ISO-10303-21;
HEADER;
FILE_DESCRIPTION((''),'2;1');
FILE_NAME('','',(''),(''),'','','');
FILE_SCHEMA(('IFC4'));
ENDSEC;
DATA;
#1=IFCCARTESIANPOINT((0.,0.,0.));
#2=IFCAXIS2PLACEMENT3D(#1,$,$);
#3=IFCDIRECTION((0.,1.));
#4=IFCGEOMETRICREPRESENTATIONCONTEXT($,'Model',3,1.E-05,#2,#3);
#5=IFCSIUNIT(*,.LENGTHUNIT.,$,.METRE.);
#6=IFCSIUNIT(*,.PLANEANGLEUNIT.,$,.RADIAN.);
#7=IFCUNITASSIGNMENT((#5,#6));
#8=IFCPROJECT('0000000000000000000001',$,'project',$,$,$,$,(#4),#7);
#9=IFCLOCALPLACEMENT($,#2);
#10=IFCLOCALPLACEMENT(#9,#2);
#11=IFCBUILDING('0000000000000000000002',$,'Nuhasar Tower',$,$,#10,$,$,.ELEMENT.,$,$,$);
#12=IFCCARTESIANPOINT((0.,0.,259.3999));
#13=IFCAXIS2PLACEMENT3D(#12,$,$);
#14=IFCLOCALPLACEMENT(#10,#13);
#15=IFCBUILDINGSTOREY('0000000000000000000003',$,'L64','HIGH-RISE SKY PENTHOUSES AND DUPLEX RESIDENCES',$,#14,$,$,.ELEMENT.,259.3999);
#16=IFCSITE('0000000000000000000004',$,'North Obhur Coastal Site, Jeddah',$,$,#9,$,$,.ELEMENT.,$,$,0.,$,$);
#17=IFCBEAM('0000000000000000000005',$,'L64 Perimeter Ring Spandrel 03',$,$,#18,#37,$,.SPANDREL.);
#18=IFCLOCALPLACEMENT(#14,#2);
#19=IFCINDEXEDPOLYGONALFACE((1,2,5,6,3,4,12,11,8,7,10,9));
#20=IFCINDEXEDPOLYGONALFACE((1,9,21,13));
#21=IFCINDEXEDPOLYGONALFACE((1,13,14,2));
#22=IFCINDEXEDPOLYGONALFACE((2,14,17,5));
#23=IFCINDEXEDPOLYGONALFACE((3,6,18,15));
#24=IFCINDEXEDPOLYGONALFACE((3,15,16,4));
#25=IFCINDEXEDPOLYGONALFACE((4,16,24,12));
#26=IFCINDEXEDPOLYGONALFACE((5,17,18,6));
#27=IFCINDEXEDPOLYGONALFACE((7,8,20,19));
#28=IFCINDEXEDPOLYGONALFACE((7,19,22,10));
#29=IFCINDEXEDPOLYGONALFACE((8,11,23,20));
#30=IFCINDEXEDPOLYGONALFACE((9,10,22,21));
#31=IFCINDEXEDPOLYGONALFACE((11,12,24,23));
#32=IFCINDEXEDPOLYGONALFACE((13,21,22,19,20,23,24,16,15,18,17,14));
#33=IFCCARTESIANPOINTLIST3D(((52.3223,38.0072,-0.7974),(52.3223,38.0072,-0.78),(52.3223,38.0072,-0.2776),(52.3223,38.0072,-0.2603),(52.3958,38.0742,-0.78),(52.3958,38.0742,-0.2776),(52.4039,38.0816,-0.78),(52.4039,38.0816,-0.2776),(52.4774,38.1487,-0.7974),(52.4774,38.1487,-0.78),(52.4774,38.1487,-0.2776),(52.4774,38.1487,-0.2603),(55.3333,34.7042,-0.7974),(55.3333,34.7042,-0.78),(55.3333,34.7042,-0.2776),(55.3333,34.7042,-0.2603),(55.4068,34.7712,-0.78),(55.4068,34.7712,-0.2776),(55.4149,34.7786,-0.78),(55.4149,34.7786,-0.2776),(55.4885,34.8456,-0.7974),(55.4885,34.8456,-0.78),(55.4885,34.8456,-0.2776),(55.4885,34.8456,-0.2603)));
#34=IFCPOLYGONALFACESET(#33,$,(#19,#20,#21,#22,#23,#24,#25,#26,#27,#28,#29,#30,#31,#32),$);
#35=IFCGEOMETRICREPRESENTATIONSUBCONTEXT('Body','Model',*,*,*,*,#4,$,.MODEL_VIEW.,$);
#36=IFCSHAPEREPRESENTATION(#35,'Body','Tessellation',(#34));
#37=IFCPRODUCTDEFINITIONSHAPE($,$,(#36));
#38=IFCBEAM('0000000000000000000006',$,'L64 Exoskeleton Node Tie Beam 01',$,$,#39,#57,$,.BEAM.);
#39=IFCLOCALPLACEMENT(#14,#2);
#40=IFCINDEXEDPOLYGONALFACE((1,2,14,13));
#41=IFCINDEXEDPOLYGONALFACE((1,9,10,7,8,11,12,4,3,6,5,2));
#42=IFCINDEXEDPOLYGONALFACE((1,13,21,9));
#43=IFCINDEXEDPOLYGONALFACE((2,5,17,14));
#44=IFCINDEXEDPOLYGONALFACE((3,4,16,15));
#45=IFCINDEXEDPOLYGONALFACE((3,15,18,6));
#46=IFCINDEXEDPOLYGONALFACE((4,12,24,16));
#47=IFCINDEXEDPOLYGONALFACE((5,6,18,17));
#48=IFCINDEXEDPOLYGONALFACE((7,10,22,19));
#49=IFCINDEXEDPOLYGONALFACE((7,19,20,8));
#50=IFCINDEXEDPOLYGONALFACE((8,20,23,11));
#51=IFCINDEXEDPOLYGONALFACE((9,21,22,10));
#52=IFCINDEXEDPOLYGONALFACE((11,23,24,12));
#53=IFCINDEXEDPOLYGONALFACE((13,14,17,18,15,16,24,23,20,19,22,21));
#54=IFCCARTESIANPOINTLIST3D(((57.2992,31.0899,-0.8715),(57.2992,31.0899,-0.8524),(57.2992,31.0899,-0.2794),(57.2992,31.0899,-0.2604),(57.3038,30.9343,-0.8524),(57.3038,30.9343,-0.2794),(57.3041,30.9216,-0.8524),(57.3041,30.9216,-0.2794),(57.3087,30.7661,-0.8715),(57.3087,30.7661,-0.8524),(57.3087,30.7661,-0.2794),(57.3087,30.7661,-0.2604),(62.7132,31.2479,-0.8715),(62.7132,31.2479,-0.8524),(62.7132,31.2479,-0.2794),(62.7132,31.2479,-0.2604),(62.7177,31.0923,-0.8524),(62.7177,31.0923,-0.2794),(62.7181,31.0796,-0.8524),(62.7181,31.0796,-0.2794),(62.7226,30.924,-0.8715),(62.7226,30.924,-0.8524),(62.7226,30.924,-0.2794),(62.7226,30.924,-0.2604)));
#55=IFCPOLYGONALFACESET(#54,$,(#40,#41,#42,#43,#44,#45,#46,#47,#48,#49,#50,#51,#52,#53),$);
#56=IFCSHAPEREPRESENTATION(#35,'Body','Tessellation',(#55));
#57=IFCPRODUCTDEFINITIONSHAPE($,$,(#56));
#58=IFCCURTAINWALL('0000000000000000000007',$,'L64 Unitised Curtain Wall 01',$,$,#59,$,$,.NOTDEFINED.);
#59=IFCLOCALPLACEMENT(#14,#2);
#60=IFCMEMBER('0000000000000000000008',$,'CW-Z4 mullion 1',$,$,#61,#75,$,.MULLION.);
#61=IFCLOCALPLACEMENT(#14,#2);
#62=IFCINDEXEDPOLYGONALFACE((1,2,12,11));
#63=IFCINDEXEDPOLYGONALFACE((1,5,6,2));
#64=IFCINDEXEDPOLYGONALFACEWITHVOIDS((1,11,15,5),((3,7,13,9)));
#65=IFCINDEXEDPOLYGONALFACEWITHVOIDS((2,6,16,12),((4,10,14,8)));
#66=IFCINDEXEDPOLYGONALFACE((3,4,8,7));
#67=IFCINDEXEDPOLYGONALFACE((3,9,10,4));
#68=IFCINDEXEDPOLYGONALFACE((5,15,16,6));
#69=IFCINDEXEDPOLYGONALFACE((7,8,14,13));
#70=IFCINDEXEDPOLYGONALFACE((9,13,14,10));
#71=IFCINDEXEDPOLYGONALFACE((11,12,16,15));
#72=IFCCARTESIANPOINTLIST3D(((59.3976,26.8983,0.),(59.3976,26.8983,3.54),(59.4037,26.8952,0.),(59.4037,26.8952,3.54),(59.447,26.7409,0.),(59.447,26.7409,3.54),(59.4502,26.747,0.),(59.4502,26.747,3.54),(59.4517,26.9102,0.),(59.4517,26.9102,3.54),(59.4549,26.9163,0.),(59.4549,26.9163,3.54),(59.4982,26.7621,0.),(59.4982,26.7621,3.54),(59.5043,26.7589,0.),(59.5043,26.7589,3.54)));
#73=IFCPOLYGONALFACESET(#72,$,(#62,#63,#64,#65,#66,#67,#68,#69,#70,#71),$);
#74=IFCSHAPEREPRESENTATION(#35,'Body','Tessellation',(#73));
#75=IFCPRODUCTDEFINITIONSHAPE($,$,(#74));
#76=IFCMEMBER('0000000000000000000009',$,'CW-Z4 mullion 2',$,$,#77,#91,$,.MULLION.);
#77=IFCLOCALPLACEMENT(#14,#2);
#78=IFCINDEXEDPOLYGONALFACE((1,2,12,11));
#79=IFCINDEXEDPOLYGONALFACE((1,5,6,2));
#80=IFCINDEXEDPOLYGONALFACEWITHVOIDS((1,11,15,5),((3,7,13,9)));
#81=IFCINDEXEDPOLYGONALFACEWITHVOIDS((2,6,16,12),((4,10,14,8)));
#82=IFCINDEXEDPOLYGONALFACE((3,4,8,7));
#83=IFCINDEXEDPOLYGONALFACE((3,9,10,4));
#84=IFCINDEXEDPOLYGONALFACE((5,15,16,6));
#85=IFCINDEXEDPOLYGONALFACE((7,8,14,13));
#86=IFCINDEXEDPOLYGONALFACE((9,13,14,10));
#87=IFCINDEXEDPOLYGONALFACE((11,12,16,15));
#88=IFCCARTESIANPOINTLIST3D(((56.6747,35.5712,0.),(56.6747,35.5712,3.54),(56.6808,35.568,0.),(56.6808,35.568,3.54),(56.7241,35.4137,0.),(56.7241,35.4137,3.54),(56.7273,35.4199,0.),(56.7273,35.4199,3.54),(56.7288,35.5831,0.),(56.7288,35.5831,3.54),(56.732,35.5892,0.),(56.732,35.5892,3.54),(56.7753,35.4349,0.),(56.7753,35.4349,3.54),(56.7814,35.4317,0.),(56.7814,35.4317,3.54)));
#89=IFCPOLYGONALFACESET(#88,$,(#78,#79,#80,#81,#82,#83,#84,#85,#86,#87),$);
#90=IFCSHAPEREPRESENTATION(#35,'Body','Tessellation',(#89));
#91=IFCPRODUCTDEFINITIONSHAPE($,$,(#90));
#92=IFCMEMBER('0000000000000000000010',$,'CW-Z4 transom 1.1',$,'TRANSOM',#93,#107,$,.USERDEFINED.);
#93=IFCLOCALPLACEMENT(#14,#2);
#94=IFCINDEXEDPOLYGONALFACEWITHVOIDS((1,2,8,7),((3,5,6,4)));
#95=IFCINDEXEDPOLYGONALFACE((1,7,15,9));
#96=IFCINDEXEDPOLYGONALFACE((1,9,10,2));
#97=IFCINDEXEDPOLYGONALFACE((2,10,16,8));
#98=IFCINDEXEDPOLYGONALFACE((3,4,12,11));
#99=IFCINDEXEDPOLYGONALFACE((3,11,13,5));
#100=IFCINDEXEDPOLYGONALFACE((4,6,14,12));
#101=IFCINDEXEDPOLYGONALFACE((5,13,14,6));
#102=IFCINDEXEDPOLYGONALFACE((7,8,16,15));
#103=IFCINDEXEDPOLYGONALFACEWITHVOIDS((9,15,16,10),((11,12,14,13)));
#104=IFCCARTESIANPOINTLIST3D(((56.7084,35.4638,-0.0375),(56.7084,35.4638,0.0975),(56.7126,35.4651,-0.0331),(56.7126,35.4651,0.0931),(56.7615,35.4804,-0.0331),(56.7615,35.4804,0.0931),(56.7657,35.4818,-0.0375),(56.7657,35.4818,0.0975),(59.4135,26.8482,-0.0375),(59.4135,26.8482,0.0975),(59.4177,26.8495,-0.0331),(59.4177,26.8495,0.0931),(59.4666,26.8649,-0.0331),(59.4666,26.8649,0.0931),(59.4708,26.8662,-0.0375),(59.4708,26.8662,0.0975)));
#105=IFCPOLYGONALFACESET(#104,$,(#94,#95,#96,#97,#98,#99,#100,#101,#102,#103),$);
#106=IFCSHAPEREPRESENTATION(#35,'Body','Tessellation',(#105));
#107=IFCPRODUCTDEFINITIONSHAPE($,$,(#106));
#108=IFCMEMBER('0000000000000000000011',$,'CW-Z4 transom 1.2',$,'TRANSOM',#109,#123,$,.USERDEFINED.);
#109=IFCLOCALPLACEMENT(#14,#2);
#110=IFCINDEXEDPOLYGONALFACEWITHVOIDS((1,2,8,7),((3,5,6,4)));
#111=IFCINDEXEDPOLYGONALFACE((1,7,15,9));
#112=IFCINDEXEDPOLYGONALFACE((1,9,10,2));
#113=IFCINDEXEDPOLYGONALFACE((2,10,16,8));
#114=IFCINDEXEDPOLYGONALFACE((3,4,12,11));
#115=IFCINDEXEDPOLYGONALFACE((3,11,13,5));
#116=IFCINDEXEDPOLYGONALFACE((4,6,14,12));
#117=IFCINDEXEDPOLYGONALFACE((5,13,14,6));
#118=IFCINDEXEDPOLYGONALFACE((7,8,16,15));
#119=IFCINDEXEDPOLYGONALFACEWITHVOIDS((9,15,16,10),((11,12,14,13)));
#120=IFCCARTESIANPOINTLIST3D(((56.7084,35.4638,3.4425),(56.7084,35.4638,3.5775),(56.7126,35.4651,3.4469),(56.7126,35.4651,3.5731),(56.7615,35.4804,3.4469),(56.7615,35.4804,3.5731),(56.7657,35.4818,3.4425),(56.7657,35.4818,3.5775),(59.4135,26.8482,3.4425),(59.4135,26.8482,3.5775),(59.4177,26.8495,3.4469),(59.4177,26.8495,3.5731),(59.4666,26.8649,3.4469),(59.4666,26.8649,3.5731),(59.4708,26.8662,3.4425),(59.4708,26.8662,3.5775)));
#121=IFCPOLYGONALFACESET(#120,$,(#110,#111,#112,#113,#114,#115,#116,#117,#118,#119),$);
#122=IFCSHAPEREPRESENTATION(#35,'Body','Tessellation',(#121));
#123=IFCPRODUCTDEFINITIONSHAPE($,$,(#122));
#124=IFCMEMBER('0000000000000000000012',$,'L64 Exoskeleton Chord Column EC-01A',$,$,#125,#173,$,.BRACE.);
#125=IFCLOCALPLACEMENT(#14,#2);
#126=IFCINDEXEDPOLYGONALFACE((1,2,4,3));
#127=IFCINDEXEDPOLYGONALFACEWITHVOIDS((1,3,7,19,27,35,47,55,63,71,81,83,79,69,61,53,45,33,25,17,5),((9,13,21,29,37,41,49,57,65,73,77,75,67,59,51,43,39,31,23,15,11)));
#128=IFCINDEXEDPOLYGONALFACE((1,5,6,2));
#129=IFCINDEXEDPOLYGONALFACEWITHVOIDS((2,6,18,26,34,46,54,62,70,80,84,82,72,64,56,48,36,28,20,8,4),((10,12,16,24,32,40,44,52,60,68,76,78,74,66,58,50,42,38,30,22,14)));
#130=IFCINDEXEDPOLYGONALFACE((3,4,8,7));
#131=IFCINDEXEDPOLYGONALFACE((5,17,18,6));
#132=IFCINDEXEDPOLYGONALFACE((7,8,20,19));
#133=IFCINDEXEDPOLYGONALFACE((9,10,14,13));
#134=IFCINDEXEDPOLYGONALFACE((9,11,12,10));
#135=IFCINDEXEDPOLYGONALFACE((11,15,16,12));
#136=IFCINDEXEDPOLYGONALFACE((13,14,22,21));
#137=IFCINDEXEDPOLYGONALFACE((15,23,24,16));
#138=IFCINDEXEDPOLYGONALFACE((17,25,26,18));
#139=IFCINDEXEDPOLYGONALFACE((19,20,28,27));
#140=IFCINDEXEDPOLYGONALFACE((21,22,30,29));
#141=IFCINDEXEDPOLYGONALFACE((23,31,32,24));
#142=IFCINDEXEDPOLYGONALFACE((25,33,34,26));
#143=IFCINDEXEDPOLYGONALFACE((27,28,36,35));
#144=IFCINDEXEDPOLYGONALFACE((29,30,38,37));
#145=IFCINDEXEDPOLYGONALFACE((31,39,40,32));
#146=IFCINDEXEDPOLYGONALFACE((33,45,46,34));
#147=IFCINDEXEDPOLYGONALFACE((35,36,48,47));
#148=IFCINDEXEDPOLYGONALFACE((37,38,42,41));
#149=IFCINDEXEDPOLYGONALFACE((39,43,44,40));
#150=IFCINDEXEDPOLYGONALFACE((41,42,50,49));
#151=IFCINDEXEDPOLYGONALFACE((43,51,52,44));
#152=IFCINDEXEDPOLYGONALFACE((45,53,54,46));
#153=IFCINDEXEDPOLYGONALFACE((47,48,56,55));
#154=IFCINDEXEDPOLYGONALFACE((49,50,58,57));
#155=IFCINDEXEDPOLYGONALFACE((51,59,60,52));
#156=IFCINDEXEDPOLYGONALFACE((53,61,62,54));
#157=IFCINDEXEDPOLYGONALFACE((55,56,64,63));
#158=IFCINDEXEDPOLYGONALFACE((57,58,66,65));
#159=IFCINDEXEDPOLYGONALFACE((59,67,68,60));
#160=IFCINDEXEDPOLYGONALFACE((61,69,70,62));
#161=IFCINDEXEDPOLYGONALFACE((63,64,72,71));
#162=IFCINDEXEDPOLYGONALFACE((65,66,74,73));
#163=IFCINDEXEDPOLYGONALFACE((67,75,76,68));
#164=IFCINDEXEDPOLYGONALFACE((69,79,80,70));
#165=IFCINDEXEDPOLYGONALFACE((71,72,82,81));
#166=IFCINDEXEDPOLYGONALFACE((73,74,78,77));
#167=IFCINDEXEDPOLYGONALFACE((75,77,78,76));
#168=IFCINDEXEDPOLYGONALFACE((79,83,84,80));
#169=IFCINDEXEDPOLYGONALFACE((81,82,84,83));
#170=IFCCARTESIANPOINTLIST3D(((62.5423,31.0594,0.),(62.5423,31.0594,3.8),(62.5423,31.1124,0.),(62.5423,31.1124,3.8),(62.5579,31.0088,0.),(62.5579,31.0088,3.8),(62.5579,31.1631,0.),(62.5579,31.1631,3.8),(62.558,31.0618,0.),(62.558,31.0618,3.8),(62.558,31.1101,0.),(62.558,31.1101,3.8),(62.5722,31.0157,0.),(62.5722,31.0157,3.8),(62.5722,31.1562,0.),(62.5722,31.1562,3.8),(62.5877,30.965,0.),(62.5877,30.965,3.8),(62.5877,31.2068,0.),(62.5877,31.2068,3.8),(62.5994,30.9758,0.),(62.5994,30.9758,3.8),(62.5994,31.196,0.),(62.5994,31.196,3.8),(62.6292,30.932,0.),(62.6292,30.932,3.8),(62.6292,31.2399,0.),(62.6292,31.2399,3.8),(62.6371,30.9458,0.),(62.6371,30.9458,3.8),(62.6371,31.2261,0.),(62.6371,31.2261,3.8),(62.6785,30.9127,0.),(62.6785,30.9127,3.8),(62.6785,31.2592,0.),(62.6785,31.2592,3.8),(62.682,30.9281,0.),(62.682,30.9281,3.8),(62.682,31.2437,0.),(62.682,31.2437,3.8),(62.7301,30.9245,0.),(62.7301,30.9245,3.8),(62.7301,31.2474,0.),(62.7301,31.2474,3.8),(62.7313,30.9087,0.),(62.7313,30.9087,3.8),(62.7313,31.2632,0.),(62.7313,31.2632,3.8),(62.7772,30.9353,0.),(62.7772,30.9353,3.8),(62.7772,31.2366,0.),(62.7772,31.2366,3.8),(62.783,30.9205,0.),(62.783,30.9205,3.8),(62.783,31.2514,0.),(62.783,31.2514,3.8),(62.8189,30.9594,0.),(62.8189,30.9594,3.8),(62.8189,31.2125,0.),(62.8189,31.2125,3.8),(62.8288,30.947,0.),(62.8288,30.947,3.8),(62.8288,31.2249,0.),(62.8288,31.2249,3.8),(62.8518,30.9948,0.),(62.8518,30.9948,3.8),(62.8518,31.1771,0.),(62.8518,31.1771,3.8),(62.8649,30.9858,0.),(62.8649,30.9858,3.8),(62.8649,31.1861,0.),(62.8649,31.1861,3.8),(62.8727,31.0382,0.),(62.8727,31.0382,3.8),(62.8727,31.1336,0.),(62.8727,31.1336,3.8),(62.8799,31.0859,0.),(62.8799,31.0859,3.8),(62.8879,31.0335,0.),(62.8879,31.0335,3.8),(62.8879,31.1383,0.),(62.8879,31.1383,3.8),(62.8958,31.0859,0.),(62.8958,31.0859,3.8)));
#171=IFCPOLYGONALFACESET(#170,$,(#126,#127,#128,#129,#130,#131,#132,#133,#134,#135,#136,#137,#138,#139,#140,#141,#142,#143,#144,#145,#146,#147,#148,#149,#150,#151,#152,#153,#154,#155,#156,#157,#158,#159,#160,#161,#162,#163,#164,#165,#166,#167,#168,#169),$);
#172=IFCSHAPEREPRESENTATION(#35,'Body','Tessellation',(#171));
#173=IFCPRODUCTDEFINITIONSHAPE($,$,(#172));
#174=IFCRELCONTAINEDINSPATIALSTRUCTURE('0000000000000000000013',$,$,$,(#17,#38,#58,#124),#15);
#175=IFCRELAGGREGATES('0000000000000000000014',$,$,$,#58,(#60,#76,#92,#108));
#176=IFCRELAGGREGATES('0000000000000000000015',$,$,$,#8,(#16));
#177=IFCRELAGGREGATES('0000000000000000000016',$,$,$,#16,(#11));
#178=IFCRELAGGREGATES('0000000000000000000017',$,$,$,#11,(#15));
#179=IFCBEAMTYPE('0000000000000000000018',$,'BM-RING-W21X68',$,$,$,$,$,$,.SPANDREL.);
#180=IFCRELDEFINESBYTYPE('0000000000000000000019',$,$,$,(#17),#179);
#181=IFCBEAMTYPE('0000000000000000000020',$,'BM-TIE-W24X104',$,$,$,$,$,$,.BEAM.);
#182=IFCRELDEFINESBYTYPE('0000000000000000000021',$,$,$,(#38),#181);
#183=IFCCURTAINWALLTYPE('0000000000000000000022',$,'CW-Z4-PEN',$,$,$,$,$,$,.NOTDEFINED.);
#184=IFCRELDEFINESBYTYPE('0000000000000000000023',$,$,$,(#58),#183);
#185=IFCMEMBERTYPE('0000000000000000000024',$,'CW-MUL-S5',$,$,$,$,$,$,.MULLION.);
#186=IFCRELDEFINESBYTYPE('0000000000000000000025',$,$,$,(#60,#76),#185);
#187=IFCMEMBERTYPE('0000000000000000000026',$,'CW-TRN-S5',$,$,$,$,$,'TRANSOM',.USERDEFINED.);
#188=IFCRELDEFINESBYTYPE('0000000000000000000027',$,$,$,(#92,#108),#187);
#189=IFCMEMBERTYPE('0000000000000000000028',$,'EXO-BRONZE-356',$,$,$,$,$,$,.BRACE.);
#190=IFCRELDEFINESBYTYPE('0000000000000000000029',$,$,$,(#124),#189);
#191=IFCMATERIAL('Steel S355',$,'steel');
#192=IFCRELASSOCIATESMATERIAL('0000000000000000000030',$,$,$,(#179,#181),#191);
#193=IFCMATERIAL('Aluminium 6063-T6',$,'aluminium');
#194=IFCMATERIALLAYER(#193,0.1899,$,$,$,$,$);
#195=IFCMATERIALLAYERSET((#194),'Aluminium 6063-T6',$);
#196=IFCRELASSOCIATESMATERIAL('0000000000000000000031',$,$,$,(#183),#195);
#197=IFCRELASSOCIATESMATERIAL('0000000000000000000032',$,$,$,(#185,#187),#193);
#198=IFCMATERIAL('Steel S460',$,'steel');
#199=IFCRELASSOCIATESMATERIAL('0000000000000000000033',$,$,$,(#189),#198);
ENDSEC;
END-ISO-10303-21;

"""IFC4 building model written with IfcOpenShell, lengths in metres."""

from ifc_helpers import new_model, si_unit, direction, frame, origin, origin_2d, place, context, subcontext, project, spatial, hollow_rectangle, hollow_circle, i_section, extrude, material, layer, layer_set, material_profile, profile_set, type_object, element, aggregate, save


model = new_model("IFC4")

# Units and contexts
model_context = context("Model", 3, precision=1e-05, world=origin(), true_north=direction((0.0, 1.0)))
body_context = subcontext(model_context, "Body", "Model", "MODEL_VIEW")
ifc_project = project(units=[si_unit("LENGTHUNIT", "METRE"), si_unit("PLANEANGLEUNIT", "RADIAN")], contexts=[model_context])

# Site, building, storey
site_placement = place(None, origin())
site = spatial("IfcSite", under=ifc_project, at=site_placement, Name="North Obhur Coastal Site, Jeddah", CompositionType="ELEMENT", RefElevation=0.0)
building_placement = place(site_placement, origin())
building = spatial("IfcBuilding", under=site, at=building_placement, Name="Nuhasar Tower", CompositionType="ELEMENT")
storey_placement = place(building_placement, frame((0.0, 0.0, 259.3999)))
storey = spatial("IfcBuildingStorey", under=building, at=storey_placement, Name="L64", Description="HIGH-RISE SKY PENTHOUSES AND DUPLEX RESIDENCES", CompositionType="ELEMENT", Elevation=259.3999)

# Beams
ifc_material_1 = material(Name="Steel S355", Category="steel")
ifc_material_profile_1 = material_profile(ifc_material_1, i_section(OverallWidth=0.21, OverallDepth=0.5371, WebThickness=0.011, FlangeThickness=0.0173, at=origin_2d()), Name="W21X68")
ifc_profile_set_1 = profile_set([ifc_material_profile_1], Name="Steel S355")
beam_type_1 = type_object("IfcBeamType", Name="BM-RING-W21X68", PredefinedType="SPANDREL", material=ifc_profile_set_1)
beam_1_placement = place(storey_placement, frame((55.4109, 34.7749, -0.5288), z_axis=(-0.673686, 0.739017, 0.0), x_axis=(-0.739017, -0.673686, 0.0)))
element("IfcBeam", 1, at=beam_1_placement, inside=storey, type_object=beam_type_1, Name="L64 Perimeter Ring Spandrel 03", PredefinedType="SPANDREL", context=body_context, shape_type="SweptSolid", body=[
    extrude(i_section(OverallWidth=0.21, OverallDepth=0.5371, WebThickness=0.011, FlangeThickness=0.0173, at=origin_2d()), origin(), (0.0, 0.0, 1.0), 4.4695),
])
ifc_material_profile_2 = material_profile(ifc_material_1, i_section(OverallWidth=0.324, OverallDepth=0.6111, WebThickness=0.0127, FlangeThickness=0.019, at=origin_2d()), Name="W24X104")
ifc_profile_set_2 = profile_set([ifc_material_profile_2], Name="Steel S355")
beam_type_2 = type_object("IfcBeamType", Name="BM-TIE-W24X104", PredefinedType="BEAM", material=ifc_profile_set_2)
beam_2_placement = place(storey_placement, frame((57.304, 30.928, -0.5659), z_axis=(0.999575, 0.029163, 0.0), x_axis=(-0.029163, 0.999575, 0.0)))
element("IfcBeam", 2, at=beam_2_placement, inside=storey, type_object=beam_type_2, Name="L64 Exoskeleton Node Tie Beam 01", PredefinedType="BEAM", context=body_context, shape_type="SweptSolid", body=[
    extrude(i_section(OverallWidth=0.324, OverallDepth=0.6111, WebThickness=0.0127, FlangeThickness=0.019, at=origin_2d()), origin(), (0.0, 0.0, 1.0), 5.4163),
])

# Curtain wall, members
ifc_material_2 = material(Name="Aluminium 6063-T6", Category="aluminium")
ifc_layer_1 = layer(ifc_material_2, 0.1899)
ifc_layer_set_1 = layer_set([ifc_layer_1], Name="Aluminium 6063-T6")
curtain_wall_type = type_object("IfcCurtainWallType", Name="CW-Z4-PEN", PredefinedType="NOTDEFINED", material=ifc_layer_set_1)
curtain_wall_placement = place(storey_placement, origin())
curtain_wall = element("IfcCurtainWall", 3, at=curtain_wall_placement, inside=storey, type_object=curtain_wall_type, Name="L64 Unitised Curtain Wall 01", PredefinedType="NOTDEFINED")
ifc_material_profile_3 = material_profile(ifc_material_2, hollow_rectangle(XDim=0.0601, YDim=0.165, WallThickness=0.0049, at=origin_2d()), Name="CWM-5")
ifc_profile_set_3 = profile_set([ifc_material_profile_3], Name="Aluminium 6063-T6")
member_type_1 = type_object("IfcMemberType", Name="CW-MUL-S5", PredefinedType="MULLION", material=ifc_profile_set_3)
member_1_placement = place(storey_placement, frame((59.4509, 26.8286, 0.0), z_axis=(0.0, 0.0, 1.0), x_axis=(-0.954079, -0.299557, 0.0)))
member_1 = element("IfcMember", 4, at=member_1_placement, type_object=member_type_1, Name="CW-Z4 mullion 1", PredefinedType="MULLION", context=body_context, shape_type="SweptSolid", body=[
    extrude(hollow_rectangle(XDim=0.0601, YDim=0.165, WallThickness=0.0049, at=origin_2d()), origin(), (0.0, 0.0, 1.0), 3.54),
])
member_2_placement = place(storey_placement, frame((56.728, 35.5015, 0.0), z_axis=(0.0, 0.0, 1.0), x_axis=(-0.954079, -0.299557, 0.0)))
member_2 = element("IfcMember", 5, at=member_2_placement, type_object=member_type_1, Name="CW-Z4 mullion 2", PredefinedType="MULLION", context=body_context, shape_type="SweptSolid", body=[
    extrude(hollow_rectangle(XDim=0.0601, YDim=0.165, WallThickness=0.0049, at=origin_2d()), origin(), (0.0, 0.0, 1.0), 3.54),
])
ifc_material_profile_4 = material_profile(ifc_material_2, hollow_rectangle(XDim=0.0601, YDim=0.135, WallThickness=0.0044, at=origin_2d()), Name="CWT-5")
ifc_profile_set_4 = profile_set([ifc_material_profile_4], Name="Aluminium 6063-T6")
member_type_2 = type_object("IfcMemberType", Name="CW-TRN-S5", ElementType="TRANSOM", PredefinedType="USERDEFINED", material=ifc_profile_set_4)
member_3_placement = place(storey_placement, frame((59.4421, 26.8572, 0.03), z_axis=(-0.29956, 0.954077, 0.0), x_axis=(-0.954077, -0.29956, 0.0)))
member_3 = element("IfcMember", 6, at=member_3_placement, type_object=member_type_2, Name="CW-Z4 transom 1.1", ObjectType="TRANSOM", PredefinedType="USERDEFINED", context=body_context, shape_type="SweptSolid", body=[
    extrude(hollow_rectangle(XDim=0.0601, YDim=0.135, WallThickness=0.0044, at=origin_2d()), origin(), (0.0, 0.0, 1.0), 9.0303),
])
member_4_placement = place(storey_placement, frame((59.4421, 26.8572, 3.51), z_axis=(-0.29956, 0.954077, 0.0), x_axis=(-0.954077, -0.29956, 0.0)))
member_4 = element("IfcMember", 7, at=member_4_placement, type_object=member_type_2, Name="CW-Z4 transom 1.2", ObjectType="TRANSOM", PredefinedType="USERDEFINED", context=body_context, shape_type="SweptSolid", body=[
    extrude(hollow_rectangle(XDim=0.0601, YDim=0.135, WallThickness=0.0044, at=origin_2d()), origin(), (0.0, 0.0, 1.0), 9.0303),
])

# Member
ifc_material_3 = material(Name="Steel S460", Category="steel")
ifc_material_profile_5 = material_profile(ifc_material_3, hollow_circle(Radius=0.1777, WallThickness=0.0159, at=origin_2d()), Name="HSS355.6X15.9")
ifc_profile_set_5 = profile_set([ifc_material_profile_5], Name="Steel S460")
member_type_3 = type_object("IfcMemberType", Name="EXO-BRONZE-356", PredefinedType="BRACE", material=ifc_profile_set_5)
for number, where, z_axis, x_axis, name in (
    (8, (62.718, 31.0859, 0.0), (0.0, 0.0, 1.0), (1.0, 0.0, 0.0), "L64 Exoskeleton Chord Column EC-01A"),
):
    element("IfcMember", number, at=place(storey_placement, frame(where, z_axis=z_axis, x_axis=x_axis)), inside=storey, type_object=member_type_3, Name=name, PredefinedType="BRACE", context=body_context, shape_type="SweptSolid", body=[
        extrude(hollow_circle(Radius=0.1777, WallThickness=0.0159, at=origin_2d()), origin(), (0.0, 0.0, 1.0), 3.8),
    ])

aggregate(curtain_wall, [member_1, member_2, member_3, member_4])

save(model, "model.ifc")
